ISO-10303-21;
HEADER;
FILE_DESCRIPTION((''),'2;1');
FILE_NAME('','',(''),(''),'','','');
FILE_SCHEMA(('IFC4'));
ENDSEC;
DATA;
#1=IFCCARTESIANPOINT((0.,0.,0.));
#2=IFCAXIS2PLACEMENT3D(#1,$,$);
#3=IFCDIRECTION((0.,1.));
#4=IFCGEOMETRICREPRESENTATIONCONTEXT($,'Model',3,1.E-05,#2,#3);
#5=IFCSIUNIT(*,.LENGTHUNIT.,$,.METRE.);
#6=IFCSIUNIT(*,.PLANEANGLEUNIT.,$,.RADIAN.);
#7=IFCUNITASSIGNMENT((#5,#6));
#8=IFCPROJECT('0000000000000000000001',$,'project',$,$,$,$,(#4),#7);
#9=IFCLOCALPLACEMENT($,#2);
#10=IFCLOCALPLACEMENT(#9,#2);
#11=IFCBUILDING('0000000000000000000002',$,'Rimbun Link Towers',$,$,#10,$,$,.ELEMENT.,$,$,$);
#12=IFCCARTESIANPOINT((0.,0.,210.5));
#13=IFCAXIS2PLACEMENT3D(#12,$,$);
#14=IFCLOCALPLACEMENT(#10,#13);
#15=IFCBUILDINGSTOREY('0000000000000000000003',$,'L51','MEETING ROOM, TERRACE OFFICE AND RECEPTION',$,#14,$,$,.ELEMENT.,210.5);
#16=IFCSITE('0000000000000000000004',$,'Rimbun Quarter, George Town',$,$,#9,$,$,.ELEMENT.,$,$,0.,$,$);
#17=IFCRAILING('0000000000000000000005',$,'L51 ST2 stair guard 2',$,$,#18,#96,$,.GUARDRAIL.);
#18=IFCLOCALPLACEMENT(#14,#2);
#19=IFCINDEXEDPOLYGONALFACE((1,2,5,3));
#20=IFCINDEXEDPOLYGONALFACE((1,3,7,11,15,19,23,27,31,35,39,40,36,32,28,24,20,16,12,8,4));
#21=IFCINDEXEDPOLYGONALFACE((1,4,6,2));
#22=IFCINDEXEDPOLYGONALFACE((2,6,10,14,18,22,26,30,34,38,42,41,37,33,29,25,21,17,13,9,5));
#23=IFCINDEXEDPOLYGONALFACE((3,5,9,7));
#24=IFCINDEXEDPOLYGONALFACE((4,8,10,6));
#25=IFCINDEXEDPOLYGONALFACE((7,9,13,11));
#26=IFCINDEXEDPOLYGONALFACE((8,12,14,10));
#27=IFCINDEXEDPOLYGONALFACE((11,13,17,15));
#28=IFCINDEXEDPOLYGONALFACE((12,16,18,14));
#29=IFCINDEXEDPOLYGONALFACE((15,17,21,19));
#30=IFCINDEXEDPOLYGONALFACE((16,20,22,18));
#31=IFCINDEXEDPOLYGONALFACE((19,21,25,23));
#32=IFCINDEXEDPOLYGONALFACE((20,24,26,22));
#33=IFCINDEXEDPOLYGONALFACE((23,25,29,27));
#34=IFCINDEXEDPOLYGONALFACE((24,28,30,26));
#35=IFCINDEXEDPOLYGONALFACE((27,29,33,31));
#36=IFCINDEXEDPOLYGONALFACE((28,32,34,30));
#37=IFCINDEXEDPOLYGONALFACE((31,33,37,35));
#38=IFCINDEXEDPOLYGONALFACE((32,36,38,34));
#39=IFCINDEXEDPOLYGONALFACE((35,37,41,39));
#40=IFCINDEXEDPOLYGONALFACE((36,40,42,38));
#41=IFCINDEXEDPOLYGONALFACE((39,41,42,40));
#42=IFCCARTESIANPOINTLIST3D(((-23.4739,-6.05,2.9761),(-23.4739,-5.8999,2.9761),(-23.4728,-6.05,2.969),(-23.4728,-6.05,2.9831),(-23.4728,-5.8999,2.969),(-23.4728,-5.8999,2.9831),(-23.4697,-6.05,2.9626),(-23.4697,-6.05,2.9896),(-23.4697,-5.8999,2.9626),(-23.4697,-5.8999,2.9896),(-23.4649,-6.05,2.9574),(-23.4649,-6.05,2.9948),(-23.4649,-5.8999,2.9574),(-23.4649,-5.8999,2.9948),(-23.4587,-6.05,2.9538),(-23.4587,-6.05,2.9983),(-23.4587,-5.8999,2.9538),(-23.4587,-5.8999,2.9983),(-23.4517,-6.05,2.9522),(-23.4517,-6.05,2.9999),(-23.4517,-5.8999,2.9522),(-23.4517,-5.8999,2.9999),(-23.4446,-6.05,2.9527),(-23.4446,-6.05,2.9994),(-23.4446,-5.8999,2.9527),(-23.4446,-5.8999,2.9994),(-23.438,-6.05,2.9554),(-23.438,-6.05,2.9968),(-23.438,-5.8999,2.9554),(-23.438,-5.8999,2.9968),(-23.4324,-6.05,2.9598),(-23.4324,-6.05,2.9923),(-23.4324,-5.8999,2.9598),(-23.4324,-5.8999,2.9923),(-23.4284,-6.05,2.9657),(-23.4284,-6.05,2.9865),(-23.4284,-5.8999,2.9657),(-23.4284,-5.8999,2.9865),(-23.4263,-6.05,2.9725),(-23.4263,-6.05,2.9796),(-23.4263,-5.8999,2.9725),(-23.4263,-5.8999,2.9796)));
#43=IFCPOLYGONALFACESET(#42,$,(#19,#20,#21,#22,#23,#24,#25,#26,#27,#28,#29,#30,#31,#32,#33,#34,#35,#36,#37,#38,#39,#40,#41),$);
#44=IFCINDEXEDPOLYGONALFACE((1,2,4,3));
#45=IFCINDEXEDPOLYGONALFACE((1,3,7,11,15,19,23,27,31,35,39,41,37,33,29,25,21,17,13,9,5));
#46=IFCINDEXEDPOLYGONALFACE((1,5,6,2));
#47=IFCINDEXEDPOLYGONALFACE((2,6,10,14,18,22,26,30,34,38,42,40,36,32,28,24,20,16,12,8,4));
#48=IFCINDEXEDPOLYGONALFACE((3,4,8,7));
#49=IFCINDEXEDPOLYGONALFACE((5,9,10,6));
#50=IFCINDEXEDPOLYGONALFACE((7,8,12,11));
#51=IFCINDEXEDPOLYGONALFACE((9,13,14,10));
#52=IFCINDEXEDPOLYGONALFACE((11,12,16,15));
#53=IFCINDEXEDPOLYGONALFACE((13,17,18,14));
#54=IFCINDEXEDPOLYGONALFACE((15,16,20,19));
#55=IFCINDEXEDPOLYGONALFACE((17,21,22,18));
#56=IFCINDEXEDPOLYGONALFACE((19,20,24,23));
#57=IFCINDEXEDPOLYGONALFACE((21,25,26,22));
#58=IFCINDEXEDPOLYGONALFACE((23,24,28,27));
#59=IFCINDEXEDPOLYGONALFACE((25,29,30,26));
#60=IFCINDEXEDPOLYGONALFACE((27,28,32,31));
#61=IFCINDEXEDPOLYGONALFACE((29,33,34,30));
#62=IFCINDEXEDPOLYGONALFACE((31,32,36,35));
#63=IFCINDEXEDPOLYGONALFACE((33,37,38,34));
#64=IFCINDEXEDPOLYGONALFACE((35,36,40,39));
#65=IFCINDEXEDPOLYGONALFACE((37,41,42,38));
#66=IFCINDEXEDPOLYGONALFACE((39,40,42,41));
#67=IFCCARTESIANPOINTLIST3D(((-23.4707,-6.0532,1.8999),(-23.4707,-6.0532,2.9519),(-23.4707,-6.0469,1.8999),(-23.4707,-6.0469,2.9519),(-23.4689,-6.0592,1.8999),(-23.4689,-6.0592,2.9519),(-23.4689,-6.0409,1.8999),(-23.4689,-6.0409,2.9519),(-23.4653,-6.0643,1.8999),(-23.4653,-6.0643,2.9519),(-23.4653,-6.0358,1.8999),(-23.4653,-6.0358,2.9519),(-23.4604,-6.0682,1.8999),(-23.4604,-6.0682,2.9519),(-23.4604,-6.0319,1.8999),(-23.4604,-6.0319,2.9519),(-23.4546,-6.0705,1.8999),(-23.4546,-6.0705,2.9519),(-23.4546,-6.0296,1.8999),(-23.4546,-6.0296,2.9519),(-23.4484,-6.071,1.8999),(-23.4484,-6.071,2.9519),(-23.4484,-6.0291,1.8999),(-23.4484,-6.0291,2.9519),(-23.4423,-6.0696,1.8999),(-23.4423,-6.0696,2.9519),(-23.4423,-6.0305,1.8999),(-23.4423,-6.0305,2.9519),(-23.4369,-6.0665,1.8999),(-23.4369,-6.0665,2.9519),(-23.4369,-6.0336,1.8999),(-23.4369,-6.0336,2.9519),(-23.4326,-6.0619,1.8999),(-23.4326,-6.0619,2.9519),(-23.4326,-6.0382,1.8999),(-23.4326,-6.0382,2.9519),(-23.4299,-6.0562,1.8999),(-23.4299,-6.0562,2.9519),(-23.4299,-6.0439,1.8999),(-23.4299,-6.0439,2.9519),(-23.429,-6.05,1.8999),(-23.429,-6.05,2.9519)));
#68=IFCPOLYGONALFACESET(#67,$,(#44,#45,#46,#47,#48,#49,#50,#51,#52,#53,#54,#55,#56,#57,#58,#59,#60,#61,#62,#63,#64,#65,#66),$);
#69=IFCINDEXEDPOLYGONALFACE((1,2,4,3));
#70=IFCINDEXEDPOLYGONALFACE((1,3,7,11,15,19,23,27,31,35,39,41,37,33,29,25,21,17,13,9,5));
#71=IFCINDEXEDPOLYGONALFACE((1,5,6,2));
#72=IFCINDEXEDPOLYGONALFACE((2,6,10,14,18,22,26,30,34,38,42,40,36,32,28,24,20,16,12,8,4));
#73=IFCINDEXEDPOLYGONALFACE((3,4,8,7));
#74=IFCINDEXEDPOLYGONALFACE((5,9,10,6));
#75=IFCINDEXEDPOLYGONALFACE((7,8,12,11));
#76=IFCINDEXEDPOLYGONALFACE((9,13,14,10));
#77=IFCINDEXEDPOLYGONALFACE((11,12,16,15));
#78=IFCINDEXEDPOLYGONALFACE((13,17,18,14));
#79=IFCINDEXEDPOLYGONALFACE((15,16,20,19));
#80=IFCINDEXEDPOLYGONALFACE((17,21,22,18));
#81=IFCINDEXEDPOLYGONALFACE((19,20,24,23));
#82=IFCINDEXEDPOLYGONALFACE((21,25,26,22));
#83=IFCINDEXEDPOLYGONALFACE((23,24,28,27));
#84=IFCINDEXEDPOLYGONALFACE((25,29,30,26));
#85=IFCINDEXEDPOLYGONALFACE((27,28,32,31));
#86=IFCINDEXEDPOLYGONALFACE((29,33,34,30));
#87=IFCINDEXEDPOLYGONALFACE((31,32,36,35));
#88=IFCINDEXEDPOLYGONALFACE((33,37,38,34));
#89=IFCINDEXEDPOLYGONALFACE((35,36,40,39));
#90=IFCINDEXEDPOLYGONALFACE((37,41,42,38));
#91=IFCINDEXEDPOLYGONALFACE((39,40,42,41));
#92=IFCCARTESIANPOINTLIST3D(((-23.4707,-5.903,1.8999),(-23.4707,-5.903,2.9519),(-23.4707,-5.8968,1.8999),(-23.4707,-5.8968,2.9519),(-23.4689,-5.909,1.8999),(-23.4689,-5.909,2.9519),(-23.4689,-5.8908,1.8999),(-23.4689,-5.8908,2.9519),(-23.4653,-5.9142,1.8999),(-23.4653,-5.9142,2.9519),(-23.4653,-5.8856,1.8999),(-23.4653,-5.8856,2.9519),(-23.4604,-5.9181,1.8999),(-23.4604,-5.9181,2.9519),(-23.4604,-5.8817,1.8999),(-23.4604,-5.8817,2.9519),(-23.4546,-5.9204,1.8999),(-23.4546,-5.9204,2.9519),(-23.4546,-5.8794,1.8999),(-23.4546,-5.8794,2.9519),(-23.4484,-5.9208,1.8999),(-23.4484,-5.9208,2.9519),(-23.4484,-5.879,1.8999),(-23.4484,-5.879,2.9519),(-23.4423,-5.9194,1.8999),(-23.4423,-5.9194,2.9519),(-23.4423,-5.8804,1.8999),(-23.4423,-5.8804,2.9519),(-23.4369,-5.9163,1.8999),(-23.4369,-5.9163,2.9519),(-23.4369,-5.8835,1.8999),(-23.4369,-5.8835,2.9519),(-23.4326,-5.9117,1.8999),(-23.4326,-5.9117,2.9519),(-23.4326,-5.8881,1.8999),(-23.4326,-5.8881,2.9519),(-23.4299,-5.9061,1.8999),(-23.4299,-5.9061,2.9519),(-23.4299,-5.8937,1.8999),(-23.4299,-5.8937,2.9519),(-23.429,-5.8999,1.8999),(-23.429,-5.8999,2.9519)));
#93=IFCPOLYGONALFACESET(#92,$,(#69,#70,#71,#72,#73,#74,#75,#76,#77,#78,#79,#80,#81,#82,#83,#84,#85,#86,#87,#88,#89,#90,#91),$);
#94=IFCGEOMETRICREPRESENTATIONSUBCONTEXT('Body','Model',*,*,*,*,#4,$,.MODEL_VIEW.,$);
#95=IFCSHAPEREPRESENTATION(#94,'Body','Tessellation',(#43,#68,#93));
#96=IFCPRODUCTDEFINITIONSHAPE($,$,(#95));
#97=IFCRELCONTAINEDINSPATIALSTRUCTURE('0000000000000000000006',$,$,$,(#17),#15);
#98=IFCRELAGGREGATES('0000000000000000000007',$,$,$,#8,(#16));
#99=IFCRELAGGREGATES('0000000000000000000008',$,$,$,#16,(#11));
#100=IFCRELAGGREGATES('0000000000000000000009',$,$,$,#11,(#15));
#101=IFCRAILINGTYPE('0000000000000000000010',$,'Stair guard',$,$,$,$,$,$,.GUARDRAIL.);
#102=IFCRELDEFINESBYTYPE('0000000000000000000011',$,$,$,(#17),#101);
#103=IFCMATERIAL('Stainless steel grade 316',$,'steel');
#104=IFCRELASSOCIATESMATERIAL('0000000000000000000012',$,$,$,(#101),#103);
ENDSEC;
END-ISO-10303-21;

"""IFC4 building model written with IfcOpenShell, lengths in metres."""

from ifc_helpers import new_model, si_unit, direction, frame, origin, origin_2d, place, context, subcontext, project, spatial, circle, extrude, material, type_object, element, save


model = new_model("IFC4")

# Units and contexts
model_context = context("Model", 3, precision=1e-05, world=origin(), true_north=direction((0.0, 1.0)))
body_context = subcontext(model_context, "Body", "Model", "MODEL_VIEW")
ifc_project = project(units=[si_unit("LENGTHUNIT", "METRE"), si_unit("PLANEANGLEUNIT", "RADIAN")], contexts=[model_context])

# Site, building, storey
site_placement = place(None, origin())
site = spatial("IfcSite", under=ifc_project, at=site_placement, Name="Rimbun Quarter, George Town", CompositionType="ELEMENT", RefElevation=0.0)
building_placement = place(site_placement, origin())
building = spatial("IfcBuilding", under=site, at=building_placement, Name="Rimbun Link Towers", CompositionType="ELEMENT")
storey_placement = place(building_placement, frame((0.0, 0.0, 210.5)))
storey = spatial("IfcBuildingStorey", under=building, at=storey_placement, Name="L51", Description="MEETING ROOM, TERRACE OFFICE AND RECEPTION", CompositionType="ELEMENT", Elevation=210.5)

# Railing
ifc_material_1 = material(Name="Stainless steel grade 316", Category="steel")
railing_type_1 = type_object("IfcRailingType", Name="Stair guard", PredefinedType="GUARDRAIL", material=ifc_material_1)
railing_1_placement = place(storey_placement, frame((-23.45, -6.05, 1.8999)))
element("IfcRailing", 1, at=railing_1_placement, inside=storey, type_object=railing_type_1, Name="L51 ST2 stair guard 2", PredefinedType="GUARDRAIL", context=body_context, shape_type="SweptSolid", body=[
    extrude(circle(Radius=0.0239, at=origin_2d()), frame((0.0, 0.0, 1.0762), z_axis=(0.0, 1.0, 0.0), x_axis=(-1.0, 0.0, 0.0)), (0.0, 0.0, 1.0), 0.1501),
    extrude(circle(Radius=0.021, at=origin_2d()), origin(), (0.0, 0.0, 1.0), 1.052),
    extrude(circle(Radius=0.021, at=origin_2d()), frame((0.0, 0.1501, 0.0)), (0.0, 0.0, 1.0), 1.052),
])

save(model, "model.ifc")
